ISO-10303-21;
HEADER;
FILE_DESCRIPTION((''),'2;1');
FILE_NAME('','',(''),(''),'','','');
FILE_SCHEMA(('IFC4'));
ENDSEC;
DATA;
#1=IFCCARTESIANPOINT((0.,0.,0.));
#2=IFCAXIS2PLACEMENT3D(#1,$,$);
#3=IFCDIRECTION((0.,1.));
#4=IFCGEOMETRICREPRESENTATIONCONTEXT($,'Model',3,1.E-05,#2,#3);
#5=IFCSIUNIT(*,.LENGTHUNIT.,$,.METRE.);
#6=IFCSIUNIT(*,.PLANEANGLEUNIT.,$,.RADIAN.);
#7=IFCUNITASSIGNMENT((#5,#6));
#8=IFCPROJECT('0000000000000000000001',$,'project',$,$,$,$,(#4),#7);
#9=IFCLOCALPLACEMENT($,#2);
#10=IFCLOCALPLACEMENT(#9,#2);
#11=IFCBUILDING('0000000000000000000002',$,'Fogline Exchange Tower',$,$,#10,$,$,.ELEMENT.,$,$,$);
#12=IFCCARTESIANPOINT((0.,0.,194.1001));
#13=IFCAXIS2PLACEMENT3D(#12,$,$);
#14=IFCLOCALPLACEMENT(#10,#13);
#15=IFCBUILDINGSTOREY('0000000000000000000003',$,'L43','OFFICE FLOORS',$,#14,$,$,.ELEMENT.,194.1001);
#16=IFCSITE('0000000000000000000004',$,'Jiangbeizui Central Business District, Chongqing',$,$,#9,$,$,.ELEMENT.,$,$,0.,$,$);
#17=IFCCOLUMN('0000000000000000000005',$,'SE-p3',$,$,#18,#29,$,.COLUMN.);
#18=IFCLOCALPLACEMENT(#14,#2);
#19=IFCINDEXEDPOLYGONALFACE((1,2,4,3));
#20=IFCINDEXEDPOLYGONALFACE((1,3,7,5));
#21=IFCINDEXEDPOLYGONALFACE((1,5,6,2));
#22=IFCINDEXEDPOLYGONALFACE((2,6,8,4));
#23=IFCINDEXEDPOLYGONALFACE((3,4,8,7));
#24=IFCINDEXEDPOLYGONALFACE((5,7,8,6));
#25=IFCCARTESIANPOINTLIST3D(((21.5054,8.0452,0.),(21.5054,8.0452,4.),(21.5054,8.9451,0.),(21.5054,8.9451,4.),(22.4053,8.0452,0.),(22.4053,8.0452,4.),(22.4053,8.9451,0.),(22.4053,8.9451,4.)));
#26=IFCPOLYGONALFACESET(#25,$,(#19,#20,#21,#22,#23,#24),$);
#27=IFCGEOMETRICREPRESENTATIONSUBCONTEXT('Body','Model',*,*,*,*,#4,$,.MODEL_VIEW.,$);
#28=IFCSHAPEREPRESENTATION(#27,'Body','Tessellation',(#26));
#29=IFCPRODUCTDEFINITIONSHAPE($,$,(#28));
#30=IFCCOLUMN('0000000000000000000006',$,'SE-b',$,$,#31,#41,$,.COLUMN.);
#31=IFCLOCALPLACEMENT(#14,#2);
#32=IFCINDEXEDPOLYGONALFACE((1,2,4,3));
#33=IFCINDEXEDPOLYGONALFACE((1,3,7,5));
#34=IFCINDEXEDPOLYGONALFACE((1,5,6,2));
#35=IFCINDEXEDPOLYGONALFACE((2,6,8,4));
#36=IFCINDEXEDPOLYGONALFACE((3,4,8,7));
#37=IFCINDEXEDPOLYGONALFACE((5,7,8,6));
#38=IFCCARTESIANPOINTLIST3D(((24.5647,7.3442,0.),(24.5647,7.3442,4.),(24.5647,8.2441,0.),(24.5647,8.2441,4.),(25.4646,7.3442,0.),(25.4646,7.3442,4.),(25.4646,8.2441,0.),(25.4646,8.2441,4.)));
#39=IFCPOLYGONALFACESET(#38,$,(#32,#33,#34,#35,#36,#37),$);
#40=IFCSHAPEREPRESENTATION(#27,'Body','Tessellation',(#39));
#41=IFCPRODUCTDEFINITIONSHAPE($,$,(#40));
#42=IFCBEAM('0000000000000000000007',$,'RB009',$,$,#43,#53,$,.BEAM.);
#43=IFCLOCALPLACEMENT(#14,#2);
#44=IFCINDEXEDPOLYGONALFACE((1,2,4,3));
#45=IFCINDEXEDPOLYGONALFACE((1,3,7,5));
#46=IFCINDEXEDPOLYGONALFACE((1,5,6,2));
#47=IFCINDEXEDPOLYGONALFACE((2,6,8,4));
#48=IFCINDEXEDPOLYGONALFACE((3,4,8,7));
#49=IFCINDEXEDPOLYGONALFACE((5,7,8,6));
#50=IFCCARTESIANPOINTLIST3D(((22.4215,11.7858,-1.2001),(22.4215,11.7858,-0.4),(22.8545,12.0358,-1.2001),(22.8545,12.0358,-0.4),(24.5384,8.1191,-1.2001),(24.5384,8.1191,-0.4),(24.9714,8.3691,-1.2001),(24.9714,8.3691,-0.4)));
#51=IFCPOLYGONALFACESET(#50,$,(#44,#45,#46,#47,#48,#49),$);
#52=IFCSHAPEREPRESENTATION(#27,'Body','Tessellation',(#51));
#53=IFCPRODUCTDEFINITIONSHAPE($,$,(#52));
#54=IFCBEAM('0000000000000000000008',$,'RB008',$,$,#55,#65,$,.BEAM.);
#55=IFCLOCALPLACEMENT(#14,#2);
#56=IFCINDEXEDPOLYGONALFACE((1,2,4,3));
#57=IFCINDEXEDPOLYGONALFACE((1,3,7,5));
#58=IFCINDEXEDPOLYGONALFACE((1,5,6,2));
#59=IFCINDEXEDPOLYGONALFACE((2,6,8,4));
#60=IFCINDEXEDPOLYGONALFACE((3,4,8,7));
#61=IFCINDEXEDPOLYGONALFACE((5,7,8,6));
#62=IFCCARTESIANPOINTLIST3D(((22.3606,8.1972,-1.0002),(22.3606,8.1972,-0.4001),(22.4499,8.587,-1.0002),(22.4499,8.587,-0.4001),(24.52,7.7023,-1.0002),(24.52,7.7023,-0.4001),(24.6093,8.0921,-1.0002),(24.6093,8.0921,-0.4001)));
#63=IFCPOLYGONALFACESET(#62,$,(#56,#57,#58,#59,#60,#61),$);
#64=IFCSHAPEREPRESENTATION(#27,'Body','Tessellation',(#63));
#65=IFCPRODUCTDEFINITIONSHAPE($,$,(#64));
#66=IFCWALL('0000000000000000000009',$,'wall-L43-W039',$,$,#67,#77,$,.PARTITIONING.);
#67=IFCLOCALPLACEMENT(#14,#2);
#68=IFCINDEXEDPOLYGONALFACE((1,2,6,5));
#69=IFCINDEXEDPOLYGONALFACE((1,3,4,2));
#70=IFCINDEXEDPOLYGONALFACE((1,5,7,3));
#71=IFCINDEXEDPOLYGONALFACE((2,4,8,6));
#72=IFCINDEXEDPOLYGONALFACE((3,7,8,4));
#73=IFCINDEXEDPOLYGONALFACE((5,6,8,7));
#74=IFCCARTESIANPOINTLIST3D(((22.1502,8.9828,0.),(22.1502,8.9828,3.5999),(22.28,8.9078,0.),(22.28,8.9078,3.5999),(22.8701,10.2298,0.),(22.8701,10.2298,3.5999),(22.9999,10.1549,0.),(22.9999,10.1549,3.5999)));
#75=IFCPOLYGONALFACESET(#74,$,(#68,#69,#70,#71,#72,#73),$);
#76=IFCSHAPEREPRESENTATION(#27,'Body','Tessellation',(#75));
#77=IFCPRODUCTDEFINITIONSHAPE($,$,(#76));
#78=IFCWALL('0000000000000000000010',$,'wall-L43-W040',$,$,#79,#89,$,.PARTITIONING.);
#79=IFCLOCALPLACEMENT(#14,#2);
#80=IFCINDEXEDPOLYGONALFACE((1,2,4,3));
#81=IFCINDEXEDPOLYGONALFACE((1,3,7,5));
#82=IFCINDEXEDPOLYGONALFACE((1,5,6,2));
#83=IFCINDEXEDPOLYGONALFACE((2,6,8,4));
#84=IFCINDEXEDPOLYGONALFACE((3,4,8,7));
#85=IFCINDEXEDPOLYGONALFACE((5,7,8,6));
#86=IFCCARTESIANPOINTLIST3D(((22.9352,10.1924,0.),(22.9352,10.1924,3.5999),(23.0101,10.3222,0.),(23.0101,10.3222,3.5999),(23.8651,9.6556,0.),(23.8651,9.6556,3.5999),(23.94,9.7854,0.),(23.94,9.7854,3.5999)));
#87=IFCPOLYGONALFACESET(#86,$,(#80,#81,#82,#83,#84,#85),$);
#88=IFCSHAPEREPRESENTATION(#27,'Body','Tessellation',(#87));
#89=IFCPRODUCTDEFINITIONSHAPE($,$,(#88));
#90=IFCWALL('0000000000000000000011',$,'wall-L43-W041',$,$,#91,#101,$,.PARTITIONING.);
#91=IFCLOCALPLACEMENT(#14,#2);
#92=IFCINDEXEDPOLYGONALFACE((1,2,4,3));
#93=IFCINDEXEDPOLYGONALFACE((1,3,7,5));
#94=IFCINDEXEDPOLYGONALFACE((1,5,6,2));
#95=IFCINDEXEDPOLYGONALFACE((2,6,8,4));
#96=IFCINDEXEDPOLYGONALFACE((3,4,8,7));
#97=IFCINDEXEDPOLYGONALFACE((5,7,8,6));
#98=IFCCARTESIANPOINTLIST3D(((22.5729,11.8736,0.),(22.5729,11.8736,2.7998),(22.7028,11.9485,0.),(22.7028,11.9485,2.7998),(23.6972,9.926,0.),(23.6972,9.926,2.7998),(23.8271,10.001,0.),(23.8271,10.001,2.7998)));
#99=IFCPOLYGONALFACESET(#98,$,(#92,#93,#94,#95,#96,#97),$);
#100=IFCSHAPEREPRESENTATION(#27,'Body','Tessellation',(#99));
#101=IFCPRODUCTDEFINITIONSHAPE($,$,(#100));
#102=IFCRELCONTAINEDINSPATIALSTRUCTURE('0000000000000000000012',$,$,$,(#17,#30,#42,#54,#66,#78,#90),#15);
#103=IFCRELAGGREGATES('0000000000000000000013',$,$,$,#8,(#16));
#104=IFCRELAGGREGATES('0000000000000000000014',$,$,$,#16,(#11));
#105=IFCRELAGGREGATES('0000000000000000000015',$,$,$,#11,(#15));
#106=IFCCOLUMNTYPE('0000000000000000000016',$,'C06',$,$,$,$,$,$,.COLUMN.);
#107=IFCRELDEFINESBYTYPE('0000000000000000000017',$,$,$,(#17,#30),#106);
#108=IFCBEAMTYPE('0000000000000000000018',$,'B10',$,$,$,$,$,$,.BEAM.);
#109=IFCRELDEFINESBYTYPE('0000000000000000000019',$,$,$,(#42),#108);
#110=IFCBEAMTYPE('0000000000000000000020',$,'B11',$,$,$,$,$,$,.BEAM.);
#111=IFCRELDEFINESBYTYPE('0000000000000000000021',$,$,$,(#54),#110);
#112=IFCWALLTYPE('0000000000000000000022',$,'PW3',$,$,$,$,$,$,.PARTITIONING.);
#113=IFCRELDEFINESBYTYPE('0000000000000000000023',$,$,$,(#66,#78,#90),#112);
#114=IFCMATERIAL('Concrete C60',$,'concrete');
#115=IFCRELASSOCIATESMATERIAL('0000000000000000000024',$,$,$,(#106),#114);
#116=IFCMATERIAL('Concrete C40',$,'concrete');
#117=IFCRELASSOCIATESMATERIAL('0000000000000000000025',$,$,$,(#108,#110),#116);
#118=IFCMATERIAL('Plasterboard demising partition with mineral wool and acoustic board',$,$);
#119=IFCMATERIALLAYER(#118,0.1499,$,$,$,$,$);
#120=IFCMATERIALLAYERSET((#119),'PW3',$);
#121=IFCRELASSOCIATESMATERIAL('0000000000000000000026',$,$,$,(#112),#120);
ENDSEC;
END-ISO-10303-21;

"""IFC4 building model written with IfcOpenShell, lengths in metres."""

from ifc_helpers import new_model, si_unit, direction, frame, frame_2d, origin, origin_2d, place, context, subcontext, project, spatial, rectangle, extrude, material, layer, layer_set, material_profile, profile_set, type_object, element, save


model = new_model("IFC4")

# Units and contexts
model_context = context("Model", 3, precision=1e-05, world=origin(), true_north=direction((0.0, 1.0)))
body_context = subcontext(model_context, "Body", "Model", "MODEL_VIEW")
ifc_project = project(units=[si_unit("LENGTHUNIT", "METRE"), si_unit("PLANEANGLEUNIT", "RADIAN")], contexts=[model_context])

# Site, building, storey
site_placement = place(None, origin())
site = spatial("IfcSite", under=ifc_project, at=site_placement, Name="Jiangbeizui Central Business District, Chongqing", CompositionType="ELEMENT", RefElevation=0.0)
building_placement = place(site_placement, origin())
building = spatial("IfcBuilding", under=site, at=building_placement, Name="Fogline Exchange Tower", CompositionType="ELEMENT")
storey_placement = place(building_placement, frame((0.0, 0.0, 194.1001)))
storey = spatial("IfcBuildingStorey", under=building, at=storey_placement, Name="L43", Description="OFFICE FLOORS", CompositionType="ELEMENT", Elevation=194.1001)

# Columns
ifc_material_1 = material(Name="Concrete C60", Category="concrete")
ifc_material_profile_1 = material_profile(ifc_material_1, rectangle(XDim=0.8999, YDim=0.8999, at=origin_2d()), Name="RC 900x900")
ifc_profile_set_1 = profile_set([ifc_material_profile_1], Name="Concrete C60")
column_type = type_object("IfcColumnType", Name="C06", PredefinedType="COLUMN", material=ifc_profile_set_1)
for number, where, z_axis, x_axis, name in (
    (1, (21.9553, 8.4951, 0.0), (0.0, 0.0, 1.0), (1.0, 0.0, 0.0), "SE-p3"),
    (2, (25.0146, 7.7942, 0.0), (0.0, 0.0, 1.0), (1.0, 0.0, 0.0), "SE-b"),
):
    element("IfcColumn", number, at=place(storey_placement, frame(where, z_axis=z_axis, x_axis=x_axis)), inside=storey, type_object=column_type, Name=name, PredefinedType="COLUMN", context=body_context, shape_type="SweptSolid", body=[
        extrude(rectangle(XDim=0.8999, YDim=0.8999, at=origin_2d()), origin(), (0.0, 0.0, 1.0), 4.0),
    ])

# Beams
ifc_material_2 = material(Name="Concrete C40", Category="concrete")
ifc_material_profile_2 = material_profile(ifc_material_2, rectangle(XDim=0.5, YDim=0.8, at=origin_2d()), Name="RC 500x800")
ifc_profile_set_2 = profile_set([ifc_material_profile_2], Name="Concrete C40")
beam_type_1 = type_object("IfcBeamType", Name="B10", PredefinedType="BEAM", material=ifc_profile_set_2)
beam_1_placement = place(storey_placement, frame((24.7549, 8.2441, -0.8), z_axis=(-0.49999, 0.866031, 0.0), x_axis=(-0.866031, -0.49999, 0.0)))
element("IfcBeam", 3, at=beam_1_placement, inside=storey, type_object=beam_type_1, Name="RB009", PredefinedType="BEAM", context=body_context, shape_type="SweptSolid", body=[
    extrude(rectangle(XDim=0.5, YDim=0.8, at=origin_2d()), origin(), (0.0, 0.0, 1.0), 4.2339),
])
ifc_material_profile_3 = material_profile(ifc_material_2, rectangle(XDim=0.3999, YDim=0.6001, at=origin_2d()), Name="RC 400x600")
ifc_profile_set_3 = profile_set([ifc_material_profile_3], Name="Concrete C40")
beam_type_2 = type_object("IfcBeamType", Name="B11", PredefinedType="BEAM", material=ifc_profile_set_3)
beam_2_placement = place(storey_placement, frame((22.4053, 8.3921, -0.7002), z_axis=(0.974732, -0.223378, 0.0), x_axis=(0.223378, 0.974732, 0.0)))
element("IfcBeam", 4, at=beam_2_placement, inside=storey, type_object=beam_type_2, Name="RB008", PredefinedType="BEAM", context=body_context, shape_type="SweptSolid", body=[
    extrude(rectangle(XDim=0.3999, YDim=0.6001, at=origin_2d()), origin(), (0.0, 0.0, 1.0), 2.2153),
])

# Walls
ifc_material_3 = material(Name="Plasterboard demising partition with mineral wool and acoustic board")
ifc_layer_1 = layer(ifc_material_3, 0.1499)
ifc_layer_set_1 = layer_set([ifc_layer_1], Name="PW3")
wall_type_1 = type_object("IfcWallType", Name="PW3", PredefinedType="PARTITIONING", material=ifc_layer_set_1)
wall_1_placement = place(storey_placement, frame((22.2151, 8.9453, 0.0), z_axis=(0.0, 0.0, 1.0), x_axis=(0.499987, 0.866033, 0.0)))
element("IfcWall", 5, at=wall_1_placement, inside=storey, type_object=wall_type_1, Name="wall-L43-W039", PredefinedType="PARTITIONING", context=body_context, shape_type="SweptSolid", body=[
    extrude(rectangle(XDim=1.4399, YDim=0.1499, at=frame_2d((0.72, 0.0))), origin(), (0.0, 0.0, 1.0), 3.5999),
])
wall_2_placement = place(storey_placement, frame((22.9727, 10.2573, 0.0), z_axis=(0.0, 0.0, 1.0), x_axis=(0.866038, -0.499978, 0.0)))
element("IfcWall", 6, at=wall_2_placement, inside=storey, type_object=wall_type_1, Name="wall-L43-W040", PredefinedType="PARTITIONING", context=body_context, shape_type="SweptSolid", body=[
    extrude(rectangle(XDim=1.0737, YDim=0.1499, at=frame_2d((0.5369, 0.0))), origin(), (0.0, 0.0, 1.0), 3.5999),
])
wall_3_placement = place(storey_placement, frame((23.7622, 9.9634, 0.0), z_axis=(0.0, 0.0, 1.0), x_axis=(-0.499957, 0.86605, 0.0)))
element("IfcWall", 7, at=wall_3_placement, inside=storey, type_object=wall_type_1, Name="wall-L43-W041", PredefinedType="PARTITIONING", context=body_context, shape_type="SweptSolid", body=[
    extrude(rectangle(XDim=2.2488, YDim=0.1499, at=frame_2d((1.1245, 0.0))), origin(), (0.0, 0.0, 1.0), 2.7998),
])

save(model, "model.ifc")
